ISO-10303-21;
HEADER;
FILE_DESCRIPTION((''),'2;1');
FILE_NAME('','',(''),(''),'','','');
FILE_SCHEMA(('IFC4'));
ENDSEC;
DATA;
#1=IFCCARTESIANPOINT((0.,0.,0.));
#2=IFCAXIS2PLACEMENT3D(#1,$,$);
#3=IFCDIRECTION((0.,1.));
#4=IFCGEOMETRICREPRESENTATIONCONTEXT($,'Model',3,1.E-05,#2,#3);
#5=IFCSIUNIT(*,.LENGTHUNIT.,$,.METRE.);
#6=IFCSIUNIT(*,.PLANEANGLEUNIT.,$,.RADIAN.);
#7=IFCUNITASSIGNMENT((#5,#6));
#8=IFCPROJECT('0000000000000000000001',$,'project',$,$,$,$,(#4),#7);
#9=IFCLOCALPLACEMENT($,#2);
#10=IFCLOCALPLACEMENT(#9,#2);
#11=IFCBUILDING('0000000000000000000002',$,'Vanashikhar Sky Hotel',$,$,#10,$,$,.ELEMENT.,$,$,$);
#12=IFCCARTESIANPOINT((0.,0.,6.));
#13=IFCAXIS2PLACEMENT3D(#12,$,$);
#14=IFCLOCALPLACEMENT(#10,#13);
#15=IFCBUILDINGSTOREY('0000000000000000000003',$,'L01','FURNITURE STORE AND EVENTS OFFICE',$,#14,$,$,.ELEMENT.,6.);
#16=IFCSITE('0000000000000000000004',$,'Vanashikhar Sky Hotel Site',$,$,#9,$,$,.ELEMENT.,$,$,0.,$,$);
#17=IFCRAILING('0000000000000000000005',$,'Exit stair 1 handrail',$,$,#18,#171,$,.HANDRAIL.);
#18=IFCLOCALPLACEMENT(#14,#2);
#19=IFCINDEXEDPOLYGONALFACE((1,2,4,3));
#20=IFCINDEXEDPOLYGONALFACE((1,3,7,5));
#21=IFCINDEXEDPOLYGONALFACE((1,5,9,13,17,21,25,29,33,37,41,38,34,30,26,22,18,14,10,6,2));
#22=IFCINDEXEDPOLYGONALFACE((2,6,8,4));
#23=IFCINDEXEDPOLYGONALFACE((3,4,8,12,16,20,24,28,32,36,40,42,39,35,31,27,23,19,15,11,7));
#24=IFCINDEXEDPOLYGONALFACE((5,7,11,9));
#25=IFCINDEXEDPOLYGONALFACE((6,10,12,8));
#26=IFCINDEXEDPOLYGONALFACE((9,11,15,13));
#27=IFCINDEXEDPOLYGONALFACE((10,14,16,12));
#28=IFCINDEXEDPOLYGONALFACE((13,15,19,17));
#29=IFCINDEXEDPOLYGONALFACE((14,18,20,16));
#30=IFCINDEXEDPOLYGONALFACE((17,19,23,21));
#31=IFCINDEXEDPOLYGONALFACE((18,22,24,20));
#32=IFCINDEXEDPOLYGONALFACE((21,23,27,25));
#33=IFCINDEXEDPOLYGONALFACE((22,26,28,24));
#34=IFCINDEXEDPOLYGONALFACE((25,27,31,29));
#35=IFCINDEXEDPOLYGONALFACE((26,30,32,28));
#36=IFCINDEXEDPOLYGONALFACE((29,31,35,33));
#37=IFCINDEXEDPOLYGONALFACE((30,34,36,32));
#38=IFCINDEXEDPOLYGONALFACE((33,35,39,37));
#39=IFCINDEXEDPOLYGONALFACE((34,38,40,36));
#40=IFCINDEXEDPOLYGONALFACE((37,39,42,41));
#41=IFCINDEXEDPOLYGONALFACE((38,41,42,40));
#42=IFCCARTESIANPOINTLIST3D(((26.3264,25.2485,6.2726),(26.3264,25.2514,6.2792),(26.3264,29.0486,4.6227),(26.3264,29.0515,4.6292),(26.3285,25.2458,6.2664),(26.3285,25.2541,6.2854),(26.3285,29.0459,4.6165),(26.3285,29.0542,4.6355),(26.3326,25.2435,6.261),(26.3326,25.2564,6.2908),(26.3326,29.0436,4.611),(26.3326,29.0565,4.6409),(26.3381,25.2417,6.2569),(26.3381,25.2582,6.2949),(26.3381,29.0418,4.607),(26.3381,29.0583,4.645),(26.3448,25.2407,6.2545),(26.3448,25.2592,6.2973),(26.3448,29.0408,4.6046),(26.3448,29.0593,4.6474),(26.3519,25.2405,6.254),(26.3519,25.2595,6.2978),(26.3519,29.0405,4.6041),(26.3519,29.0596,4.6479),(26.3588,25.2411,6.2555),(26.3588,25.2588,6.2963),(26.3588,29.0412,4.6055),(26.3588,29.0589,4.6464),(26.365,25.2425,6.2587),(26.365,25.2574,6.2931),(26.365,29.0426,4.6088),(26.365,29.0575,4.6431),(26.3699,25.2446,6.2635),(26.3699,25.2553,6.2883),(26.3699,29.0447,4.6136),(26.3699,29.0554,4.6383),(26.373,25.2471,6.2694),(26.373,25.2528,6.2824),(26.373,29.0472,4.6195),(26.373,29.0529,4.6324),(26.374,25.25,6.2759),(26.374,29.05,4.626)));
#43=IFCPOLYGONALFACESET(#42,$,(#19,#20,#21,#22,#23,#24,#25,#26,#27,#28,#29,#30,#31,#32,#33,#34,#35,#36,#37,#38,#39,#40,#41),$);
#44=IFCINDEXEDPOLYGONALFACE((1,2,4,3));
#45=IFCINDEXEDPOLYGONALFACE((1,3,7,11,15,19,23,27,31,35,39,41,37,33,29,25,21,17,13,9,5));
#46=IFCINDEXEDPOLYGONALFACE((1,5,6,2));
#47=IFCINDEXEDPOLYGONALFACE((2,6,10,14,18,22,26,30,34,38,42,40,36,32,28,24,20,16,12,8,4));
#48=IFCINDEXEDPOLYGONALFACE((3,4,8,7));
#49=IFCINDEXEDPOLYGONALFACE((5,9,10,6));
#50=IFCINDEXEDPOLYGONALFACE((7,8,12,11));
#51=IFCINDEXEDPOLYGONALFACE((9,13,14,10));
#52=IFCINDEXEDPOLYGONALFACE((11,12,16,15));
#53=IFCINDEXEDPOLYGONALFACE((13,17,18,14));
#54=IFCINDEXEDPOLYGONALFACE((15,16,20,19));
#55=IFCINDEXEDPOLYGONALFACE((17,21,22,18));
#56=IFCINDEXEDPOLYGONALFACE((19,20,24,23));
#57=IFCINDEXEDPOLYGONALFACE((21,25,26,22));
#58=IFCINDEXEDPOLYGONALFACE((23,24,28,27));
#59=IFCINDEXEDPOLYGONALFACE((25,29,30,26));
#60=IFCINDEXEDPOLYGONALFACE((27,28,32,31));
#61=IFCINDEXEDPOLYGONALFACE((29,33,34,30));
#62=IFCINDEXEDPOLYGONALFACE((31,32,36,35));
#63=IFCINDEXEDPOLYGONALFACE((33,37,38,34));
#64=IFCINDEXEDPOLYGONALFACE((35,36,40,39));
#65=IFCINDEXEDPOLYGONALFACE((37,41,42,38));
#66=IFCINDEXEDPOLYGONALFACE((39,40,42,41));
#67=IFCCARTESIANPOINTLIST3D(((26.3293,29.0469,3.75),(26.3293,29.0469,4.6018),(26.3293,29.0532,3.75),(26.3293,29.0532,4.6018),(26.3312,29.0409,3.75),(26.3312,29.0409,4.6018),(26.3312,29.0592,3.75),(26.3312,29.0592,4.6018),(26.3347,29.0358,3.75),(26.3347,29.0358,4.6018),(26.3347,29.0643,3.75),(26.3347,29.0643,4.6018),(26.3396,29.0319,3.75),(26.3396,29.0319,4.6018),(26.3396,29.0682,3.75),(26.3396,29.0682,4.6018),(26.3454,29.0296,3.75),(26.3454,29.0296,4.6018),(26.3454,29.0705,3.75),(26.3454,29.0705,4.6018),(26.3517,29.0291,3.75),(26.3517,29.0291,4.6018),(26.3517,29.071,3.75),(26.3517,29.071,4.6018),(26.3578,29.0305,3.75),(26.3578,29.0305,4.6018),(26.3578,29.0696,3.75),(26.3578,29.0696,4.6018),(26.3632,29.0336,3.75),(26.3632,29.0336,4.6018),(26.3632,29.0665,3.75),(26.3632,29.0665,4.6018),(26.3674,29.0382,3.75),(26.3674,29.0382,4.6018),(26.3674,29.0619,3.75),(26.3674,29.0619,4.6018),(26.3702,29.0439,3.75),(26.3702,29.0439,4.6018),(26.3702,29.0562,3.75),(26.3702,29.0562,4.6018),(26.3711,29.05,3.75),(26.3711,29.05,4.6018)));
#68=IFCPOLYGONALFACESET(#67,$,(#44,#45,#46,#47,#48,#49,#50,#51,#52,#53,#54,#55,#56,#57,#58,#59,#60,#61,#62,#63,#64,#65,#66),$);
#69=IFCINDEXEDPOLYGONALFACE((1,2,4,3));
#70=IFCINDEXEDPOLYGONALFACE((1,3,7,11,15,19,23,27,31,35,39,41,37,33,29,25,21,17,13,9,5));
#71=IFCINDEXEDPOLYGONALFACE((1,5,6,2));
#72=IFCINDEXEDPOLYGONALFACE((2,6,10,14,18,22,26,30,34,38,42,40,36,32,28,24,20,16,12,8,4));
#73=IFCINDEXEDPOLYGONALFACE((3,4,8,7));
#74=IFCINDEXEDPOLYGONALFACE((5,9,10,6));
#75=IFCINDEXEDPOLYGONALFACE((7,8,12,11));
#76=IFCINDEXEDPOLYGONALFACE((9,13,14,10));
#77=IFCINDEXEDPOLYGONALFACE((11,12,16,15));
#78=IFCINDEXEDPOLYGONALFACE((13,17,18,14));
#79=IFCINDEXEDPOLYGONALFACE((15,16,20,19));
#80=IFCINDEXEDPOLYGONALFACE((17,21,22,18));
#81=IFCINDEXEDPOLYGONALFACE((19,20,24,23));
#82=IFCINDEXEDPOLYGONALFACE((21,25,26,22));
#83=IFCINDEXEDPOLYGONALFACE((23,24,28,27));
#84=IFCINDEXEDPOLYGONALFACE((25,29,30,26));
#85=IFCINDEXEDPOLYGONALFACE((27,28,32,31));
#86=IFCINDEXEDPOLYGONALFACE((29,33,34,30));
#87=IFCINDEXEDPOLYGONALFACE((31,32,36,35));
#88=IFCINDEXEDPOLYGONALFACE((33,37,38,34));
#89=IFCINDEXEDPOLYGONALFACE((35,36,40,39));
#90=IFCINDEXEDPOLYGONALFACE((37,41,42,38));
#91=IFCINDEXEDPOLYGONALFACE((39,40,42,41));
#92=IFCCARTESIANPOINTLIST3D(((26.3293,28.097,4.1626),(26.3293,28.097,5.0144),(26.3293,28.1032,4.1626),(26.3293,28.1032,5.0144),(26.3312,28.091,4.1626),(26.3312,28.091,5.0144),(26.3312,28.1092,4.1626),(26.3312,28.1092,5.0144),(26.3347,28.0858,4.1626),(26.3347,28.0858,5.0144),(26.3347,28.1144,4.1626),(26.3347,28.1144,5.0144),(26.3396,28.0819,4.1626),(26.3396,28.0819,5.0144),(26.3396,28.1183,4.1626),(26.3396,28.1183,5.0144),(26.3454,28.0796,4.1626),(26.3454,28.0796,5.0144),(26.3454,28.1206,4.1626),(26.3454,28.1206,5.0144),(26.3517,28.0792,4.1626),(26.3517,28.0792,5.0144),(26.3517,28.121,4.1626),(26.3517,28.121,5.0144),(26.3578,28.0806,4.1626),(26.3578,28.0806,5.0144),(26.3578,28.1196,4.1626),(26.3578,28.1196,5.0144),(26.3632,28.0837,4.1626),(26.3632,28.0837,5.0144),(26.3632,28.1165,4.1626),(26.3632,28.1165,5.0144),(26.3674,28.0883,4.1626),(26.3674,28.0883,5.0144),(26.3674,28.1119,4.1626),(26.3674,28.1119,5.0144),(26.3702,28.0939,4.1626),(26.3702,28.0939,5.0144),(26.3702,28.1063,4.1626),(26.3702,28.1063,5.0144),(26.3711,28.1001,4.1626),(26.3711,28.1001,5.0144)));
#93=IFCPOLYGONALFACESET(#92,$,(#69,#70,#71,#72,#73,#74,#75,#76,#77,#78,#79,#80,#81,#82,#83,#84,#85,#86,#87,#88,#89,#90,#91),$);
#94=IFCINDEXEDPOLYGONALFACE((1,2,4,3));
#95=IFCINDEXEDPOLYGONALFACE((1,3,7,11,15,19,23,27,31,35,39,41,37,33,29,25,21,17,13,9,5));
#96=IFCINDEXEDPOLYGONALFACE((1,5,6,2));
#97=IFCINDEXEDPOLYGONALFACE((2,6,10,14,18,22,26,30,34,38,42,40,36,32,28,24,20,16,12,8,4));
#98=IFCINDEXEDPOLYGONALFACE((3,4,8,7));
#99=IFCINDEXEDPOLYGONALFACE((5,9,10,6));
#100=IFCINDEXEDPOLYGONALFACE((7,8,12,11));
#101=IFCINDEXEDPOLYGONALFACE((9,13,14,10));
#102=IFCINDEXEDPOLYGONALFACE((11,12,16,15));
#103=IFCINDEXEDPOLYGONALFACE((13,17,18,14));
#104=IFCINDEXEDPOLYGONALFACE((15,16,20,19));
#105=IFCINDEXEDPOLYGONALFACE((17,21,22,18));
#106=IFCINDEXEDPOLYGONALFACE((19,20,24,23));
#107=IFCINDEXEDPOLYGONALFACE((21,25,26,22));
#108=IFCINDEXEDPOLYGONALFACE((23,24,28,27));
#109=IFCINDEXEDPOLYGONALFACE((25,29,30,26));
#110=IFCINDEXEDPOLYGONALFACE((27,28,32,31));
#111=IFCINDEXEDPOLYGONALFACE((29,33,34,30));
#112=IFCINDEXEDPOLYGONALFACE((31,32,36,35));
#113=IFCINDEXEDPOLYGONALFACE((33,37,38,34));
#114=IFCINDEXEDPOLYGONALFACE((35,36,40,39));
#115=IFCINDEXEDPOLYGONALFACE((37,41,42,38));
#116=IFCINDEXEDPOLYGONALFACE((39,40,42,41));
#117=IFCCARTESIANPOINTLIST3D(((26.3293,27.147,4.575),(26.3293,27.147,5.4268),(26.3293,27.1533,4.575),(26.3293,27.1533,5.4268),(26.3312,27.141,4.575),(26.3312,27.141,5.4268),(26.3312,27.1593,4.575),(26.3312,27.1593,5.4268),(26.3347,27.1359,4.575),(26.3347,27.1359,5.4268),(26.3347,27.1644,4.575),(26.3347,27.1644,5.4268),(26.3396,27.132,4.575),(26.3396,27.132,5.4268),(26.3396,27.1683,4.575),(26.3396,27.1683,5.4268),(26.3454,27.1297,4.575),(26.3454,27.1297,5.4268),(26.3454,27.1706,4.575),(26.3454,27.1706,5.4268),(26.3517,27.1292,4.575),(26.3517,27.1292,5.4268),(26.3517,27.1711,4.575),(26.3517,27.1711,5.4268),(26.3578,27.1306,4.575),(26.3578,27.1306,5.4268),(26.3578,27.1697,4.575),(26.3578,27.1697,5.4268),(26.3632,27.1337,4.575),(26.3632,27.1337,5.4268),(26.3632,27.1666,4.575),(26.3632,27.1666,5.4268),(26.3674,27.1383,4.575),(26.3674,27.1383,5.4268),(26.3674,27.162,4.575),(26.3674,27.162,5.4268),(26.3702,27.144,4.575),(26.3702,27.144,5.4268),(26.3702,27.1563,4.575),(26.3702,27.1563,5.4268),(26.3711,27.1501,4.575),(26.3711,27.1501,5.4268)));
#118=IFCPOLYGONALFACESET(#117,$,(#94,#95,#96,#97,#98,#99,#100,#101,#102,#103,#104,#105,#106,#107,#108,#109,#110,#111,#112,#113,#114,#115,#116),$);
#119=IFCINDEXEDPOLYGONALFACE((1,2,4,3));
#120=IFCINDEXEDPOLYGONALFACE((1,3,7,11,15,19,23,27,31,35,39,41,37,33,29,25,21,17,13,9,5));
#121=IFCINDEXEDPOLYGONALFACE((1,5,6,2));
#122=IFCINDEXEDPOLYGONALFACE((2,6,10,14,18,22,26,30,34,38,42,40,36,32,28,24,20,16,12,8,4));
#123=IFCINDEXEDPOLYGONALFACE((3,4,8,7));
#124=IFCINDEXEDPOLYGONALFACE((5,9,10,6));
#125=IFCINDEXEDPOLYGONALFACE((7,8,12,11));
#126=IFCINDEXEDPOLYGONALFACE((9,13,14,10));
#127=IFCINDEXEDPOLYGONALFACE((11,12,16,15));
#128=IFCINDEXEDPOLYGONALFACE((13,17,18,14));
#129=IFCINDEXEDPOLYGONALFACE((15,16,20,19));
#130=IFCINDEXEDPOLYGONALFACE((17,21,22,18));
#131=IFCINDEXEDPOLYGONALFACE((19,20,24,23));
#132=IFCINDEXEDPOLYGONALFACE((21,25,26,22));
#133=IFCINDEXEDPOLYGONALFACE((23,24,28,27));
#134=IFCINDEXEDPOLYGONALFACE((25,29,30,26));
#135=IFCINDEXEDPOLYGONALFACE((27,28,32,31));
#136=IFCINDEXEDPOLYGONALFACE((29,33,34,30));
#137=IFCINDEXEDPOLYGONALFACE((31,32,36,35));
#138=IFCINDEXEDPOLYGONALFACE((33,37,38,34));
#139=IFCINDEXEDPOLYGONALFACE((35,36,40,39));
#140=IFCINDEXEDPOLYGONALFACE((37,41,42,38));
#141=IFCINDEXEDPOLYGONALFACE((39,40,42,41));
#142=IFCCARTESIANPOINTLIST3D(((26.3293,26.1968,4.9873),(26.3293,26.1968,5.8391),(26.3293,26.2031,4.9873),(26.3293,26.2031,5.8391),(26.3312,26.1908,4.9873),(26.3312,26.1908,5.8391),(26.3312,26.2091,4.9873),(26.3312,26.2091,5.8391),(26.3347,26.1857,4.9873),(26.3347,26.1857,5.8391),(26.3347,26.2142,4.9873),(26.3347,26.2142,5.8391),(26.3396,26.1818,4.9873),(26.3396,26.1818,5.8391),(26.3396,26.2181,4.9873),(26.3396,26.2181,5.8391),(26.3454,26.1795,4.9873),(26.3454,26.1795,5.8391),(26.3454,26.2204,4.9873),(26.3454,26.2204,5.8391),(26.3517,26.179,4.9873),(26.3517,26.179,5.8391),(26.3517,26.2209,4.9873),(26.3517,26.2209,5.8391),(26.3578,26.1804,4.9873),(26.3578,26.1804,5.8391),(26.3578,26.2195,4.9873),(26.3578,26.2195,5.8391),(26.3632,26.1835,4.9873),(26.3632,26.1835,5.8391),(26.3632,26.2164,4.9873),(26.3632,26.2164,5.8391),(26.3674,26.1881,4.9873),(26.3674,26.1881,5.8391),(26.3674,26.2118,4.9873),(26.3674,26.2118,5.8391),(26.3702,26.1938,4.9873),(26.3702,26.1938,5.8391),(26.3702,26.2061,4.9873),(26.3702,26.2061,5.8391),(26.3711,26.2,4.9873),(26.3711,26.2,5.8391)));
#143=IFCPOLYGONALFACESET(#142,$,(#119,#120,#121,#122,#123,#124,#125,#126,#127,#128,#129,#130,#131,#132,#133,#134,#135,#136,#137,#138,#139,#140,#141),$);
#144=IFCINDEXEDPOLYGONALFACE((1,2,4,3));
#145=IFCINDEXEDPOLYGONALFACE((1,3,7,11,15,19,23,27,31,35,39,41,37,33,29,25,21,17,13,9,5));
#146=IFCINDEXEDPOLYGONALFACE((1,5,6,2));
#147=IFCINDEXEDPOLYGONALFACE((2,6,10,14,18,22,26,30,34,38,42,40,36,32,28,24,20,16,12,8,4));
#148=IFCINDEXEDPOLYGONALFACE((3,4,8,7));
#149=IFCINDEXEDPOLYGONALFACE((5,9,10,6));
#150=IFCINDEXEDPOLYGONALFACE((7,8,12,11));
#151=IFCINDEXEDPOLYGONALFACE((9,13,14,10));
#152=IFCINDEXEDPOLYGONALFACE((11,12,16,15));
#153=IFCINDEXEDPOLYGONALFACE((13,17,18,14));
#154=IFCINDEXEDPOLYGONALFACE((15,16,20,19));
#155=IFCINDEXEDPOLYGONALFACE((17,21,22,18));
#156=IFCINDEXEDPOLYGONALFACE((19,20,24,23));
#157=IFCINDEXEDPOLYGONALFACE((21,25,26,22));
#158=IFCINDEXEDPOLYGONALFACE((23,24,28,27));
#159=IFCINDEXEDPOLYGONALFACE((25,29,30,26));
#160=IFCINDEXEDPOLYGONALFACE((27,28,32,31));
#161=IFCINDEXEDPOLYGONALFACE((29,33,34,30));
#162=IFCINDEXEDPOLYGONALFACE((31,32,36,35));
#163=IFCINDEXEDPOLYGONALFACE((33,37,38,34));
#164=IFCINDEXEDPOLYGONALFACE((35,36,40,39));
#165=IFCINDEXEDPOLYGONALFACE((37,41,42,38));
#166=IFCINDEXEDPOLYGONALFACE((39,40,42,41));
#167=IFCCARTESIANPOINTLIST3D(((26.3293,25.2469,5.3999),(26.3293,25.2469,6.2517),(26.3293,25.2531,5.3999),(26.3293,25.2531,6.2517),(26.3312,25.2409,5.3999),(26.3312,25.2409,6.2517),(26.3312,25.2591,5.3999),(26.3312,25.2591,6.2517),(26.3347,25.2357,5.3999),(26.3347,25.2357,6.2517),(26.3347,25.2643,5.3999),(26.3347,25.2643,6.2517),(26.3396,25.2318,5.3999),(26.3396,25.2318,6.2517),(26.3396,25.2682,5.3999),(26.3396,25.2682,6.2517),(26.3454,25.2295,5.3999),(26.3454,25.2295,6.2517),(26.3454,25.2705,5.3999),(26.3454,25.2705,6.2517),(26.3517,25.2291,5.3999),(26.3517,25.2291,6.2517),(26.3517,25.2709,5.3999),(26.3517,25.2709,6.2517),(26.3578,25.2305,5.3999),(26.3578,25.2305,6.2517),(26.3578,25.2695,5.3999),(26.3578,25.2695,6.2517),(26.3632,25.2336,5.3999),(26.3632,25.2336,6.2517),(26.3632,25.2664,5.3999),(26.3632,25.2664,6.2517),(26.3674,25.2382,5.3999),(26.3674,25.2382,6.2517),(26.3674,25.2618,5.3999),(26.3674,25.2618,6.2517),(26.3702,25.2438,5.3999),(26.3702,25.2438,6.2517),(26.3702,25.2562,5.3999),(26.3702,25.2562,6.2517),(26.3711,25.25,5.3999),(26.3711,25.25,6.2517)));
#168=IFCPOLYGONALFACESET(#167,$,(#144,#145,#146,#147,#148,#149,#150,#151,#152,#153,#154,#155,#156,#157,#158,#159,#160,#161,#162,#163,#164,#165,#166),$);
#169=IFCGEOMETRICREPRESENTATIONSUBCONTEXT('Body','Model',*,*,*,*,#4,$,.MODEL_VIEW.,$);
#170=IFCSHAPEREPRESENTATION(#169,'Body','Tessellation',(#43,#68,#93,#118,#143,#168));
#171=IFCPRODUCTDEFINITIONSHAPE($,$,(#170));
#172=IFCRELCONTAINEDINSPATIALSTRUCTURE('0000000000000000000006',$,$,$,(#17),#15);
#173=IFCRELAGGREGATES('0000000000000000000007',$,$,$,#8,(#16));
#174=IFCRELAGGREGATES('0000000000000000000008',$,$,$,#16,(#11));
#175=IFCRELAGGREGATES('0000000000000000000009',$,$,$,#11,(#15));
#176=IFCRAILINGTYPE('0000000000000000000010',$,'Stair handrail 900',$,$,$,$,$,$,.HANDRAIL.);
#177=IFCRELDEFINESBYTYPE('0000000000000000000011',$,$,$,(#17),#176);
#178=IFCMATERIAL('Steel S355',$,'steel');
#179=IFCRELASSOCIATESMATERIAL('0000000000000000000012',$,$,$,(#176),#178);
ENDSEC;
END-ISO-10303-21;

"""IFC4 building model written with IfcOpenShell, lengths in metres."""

from ifc_helpers import new_model, si_unit, direction, frame, origin, origin_2d, place, context, subcontext, project, spatial, circle, extrude, source, transform, mapped, material, type_object, element, save


model = new_model("IFC4")

# Units and contexts
model_context = context("Model", 3, precision=1e-05, world=origin(), true_north=direction((0.0, 1.0)))
body_context = subcontext(model_context, "Body", "Model", "MODEL_VIEW")
ifc_project = project(units=[si_unit("LENGTHUNIT", "METRE"), si_unit("PLANEANGLEUNIT", "RADIAN")], contexts=[model_context])

# Site, building, storey
site_placement = place(None, origin())
site = spatial("IfcSite", under=ifc_project, at=site_placement, Name="Vanashikhar Sky Hotel Site", CompositionType="ELEMENT", RefElevation=0.0)
building_placement = place(site_placement, origin())
building = spatial("IfcBuilding", under=site, at=building_placement, Name="Vanashikhar Sky Hotel", CompositionType="ELEMENT")
storey_placement = place(building_placement, frame((0.0, 0.0, 6.0)))
storey = spatial("IfcBuildingStorey", under=building, at=storey_placement, Name="L01", Description="FURNITURE STORE AND EVENTS OFFICE", CompositionType="ELEMENT", Elevation=6.0)

# Railing
ifc_material_1 = material(Name="Steel S355", Category="steel")
railing_type_1 = type_object("IfcRailingType", Name="Stair handrail 900", PredefinedType="HANDRAIL", material=ifc_material_1)
shared_shape_1 = source(origin(), body_context, "Body", "SweptSolid", [
    extrude(circle(Radius=0.0239, at=origin_2d()), frame((0.0, 0.0, 0.876), z_axis=(0.0, -0.917272, 0.398261), x_axis=(1.0, 0.0, 0.0)), (0.0, 0.0, 1.0), 4.1428),
    extrude(circle(Radius=0.021, at=origin_2d()), origin(), (0.0, 0.0, 1.0), 0.8518),
    extrude(circle(Radius=0.021, at=origin_2d()), frame((0.0, -0.95, 0.4126)), (0.0, 0.0, 1.0), 0.8518),
    extrude(circle(Radius=0.021, at=origin_2d()), frame((0.0, -1.8999, 0.825)), (0.0, 0.0, 1.0), 0.8518),
    extrude(circle(Radius=0.021, at=origin_2d()), frame((0.0, -2.8501, 1.2373)), (0.0, 0.0, 1.0), 0.8518),
    extrude(circle(Radius=0.021, at=origin_2d()), frame((0.0, -3.8, 1.6499)), (0.0, 0.0, 1.0), 0.8518),
])
railing_1_placement = place(storey_placement, frame((26.3501, 29.05, 3.75)))
element("IfcRailing", 1, at=railing_1_placement, inside=storey, type_object=railing_type_1, Name="Exit stair 1 handrail", PredefinedType="HANDRAIL", context=body_context, shape_type="MappedRepresentation", body=[
    mapped(shared_shape_1, transform((0.0, 0.0, 0.0), scale=1.0)),
])

save(model, "model.ifc")
